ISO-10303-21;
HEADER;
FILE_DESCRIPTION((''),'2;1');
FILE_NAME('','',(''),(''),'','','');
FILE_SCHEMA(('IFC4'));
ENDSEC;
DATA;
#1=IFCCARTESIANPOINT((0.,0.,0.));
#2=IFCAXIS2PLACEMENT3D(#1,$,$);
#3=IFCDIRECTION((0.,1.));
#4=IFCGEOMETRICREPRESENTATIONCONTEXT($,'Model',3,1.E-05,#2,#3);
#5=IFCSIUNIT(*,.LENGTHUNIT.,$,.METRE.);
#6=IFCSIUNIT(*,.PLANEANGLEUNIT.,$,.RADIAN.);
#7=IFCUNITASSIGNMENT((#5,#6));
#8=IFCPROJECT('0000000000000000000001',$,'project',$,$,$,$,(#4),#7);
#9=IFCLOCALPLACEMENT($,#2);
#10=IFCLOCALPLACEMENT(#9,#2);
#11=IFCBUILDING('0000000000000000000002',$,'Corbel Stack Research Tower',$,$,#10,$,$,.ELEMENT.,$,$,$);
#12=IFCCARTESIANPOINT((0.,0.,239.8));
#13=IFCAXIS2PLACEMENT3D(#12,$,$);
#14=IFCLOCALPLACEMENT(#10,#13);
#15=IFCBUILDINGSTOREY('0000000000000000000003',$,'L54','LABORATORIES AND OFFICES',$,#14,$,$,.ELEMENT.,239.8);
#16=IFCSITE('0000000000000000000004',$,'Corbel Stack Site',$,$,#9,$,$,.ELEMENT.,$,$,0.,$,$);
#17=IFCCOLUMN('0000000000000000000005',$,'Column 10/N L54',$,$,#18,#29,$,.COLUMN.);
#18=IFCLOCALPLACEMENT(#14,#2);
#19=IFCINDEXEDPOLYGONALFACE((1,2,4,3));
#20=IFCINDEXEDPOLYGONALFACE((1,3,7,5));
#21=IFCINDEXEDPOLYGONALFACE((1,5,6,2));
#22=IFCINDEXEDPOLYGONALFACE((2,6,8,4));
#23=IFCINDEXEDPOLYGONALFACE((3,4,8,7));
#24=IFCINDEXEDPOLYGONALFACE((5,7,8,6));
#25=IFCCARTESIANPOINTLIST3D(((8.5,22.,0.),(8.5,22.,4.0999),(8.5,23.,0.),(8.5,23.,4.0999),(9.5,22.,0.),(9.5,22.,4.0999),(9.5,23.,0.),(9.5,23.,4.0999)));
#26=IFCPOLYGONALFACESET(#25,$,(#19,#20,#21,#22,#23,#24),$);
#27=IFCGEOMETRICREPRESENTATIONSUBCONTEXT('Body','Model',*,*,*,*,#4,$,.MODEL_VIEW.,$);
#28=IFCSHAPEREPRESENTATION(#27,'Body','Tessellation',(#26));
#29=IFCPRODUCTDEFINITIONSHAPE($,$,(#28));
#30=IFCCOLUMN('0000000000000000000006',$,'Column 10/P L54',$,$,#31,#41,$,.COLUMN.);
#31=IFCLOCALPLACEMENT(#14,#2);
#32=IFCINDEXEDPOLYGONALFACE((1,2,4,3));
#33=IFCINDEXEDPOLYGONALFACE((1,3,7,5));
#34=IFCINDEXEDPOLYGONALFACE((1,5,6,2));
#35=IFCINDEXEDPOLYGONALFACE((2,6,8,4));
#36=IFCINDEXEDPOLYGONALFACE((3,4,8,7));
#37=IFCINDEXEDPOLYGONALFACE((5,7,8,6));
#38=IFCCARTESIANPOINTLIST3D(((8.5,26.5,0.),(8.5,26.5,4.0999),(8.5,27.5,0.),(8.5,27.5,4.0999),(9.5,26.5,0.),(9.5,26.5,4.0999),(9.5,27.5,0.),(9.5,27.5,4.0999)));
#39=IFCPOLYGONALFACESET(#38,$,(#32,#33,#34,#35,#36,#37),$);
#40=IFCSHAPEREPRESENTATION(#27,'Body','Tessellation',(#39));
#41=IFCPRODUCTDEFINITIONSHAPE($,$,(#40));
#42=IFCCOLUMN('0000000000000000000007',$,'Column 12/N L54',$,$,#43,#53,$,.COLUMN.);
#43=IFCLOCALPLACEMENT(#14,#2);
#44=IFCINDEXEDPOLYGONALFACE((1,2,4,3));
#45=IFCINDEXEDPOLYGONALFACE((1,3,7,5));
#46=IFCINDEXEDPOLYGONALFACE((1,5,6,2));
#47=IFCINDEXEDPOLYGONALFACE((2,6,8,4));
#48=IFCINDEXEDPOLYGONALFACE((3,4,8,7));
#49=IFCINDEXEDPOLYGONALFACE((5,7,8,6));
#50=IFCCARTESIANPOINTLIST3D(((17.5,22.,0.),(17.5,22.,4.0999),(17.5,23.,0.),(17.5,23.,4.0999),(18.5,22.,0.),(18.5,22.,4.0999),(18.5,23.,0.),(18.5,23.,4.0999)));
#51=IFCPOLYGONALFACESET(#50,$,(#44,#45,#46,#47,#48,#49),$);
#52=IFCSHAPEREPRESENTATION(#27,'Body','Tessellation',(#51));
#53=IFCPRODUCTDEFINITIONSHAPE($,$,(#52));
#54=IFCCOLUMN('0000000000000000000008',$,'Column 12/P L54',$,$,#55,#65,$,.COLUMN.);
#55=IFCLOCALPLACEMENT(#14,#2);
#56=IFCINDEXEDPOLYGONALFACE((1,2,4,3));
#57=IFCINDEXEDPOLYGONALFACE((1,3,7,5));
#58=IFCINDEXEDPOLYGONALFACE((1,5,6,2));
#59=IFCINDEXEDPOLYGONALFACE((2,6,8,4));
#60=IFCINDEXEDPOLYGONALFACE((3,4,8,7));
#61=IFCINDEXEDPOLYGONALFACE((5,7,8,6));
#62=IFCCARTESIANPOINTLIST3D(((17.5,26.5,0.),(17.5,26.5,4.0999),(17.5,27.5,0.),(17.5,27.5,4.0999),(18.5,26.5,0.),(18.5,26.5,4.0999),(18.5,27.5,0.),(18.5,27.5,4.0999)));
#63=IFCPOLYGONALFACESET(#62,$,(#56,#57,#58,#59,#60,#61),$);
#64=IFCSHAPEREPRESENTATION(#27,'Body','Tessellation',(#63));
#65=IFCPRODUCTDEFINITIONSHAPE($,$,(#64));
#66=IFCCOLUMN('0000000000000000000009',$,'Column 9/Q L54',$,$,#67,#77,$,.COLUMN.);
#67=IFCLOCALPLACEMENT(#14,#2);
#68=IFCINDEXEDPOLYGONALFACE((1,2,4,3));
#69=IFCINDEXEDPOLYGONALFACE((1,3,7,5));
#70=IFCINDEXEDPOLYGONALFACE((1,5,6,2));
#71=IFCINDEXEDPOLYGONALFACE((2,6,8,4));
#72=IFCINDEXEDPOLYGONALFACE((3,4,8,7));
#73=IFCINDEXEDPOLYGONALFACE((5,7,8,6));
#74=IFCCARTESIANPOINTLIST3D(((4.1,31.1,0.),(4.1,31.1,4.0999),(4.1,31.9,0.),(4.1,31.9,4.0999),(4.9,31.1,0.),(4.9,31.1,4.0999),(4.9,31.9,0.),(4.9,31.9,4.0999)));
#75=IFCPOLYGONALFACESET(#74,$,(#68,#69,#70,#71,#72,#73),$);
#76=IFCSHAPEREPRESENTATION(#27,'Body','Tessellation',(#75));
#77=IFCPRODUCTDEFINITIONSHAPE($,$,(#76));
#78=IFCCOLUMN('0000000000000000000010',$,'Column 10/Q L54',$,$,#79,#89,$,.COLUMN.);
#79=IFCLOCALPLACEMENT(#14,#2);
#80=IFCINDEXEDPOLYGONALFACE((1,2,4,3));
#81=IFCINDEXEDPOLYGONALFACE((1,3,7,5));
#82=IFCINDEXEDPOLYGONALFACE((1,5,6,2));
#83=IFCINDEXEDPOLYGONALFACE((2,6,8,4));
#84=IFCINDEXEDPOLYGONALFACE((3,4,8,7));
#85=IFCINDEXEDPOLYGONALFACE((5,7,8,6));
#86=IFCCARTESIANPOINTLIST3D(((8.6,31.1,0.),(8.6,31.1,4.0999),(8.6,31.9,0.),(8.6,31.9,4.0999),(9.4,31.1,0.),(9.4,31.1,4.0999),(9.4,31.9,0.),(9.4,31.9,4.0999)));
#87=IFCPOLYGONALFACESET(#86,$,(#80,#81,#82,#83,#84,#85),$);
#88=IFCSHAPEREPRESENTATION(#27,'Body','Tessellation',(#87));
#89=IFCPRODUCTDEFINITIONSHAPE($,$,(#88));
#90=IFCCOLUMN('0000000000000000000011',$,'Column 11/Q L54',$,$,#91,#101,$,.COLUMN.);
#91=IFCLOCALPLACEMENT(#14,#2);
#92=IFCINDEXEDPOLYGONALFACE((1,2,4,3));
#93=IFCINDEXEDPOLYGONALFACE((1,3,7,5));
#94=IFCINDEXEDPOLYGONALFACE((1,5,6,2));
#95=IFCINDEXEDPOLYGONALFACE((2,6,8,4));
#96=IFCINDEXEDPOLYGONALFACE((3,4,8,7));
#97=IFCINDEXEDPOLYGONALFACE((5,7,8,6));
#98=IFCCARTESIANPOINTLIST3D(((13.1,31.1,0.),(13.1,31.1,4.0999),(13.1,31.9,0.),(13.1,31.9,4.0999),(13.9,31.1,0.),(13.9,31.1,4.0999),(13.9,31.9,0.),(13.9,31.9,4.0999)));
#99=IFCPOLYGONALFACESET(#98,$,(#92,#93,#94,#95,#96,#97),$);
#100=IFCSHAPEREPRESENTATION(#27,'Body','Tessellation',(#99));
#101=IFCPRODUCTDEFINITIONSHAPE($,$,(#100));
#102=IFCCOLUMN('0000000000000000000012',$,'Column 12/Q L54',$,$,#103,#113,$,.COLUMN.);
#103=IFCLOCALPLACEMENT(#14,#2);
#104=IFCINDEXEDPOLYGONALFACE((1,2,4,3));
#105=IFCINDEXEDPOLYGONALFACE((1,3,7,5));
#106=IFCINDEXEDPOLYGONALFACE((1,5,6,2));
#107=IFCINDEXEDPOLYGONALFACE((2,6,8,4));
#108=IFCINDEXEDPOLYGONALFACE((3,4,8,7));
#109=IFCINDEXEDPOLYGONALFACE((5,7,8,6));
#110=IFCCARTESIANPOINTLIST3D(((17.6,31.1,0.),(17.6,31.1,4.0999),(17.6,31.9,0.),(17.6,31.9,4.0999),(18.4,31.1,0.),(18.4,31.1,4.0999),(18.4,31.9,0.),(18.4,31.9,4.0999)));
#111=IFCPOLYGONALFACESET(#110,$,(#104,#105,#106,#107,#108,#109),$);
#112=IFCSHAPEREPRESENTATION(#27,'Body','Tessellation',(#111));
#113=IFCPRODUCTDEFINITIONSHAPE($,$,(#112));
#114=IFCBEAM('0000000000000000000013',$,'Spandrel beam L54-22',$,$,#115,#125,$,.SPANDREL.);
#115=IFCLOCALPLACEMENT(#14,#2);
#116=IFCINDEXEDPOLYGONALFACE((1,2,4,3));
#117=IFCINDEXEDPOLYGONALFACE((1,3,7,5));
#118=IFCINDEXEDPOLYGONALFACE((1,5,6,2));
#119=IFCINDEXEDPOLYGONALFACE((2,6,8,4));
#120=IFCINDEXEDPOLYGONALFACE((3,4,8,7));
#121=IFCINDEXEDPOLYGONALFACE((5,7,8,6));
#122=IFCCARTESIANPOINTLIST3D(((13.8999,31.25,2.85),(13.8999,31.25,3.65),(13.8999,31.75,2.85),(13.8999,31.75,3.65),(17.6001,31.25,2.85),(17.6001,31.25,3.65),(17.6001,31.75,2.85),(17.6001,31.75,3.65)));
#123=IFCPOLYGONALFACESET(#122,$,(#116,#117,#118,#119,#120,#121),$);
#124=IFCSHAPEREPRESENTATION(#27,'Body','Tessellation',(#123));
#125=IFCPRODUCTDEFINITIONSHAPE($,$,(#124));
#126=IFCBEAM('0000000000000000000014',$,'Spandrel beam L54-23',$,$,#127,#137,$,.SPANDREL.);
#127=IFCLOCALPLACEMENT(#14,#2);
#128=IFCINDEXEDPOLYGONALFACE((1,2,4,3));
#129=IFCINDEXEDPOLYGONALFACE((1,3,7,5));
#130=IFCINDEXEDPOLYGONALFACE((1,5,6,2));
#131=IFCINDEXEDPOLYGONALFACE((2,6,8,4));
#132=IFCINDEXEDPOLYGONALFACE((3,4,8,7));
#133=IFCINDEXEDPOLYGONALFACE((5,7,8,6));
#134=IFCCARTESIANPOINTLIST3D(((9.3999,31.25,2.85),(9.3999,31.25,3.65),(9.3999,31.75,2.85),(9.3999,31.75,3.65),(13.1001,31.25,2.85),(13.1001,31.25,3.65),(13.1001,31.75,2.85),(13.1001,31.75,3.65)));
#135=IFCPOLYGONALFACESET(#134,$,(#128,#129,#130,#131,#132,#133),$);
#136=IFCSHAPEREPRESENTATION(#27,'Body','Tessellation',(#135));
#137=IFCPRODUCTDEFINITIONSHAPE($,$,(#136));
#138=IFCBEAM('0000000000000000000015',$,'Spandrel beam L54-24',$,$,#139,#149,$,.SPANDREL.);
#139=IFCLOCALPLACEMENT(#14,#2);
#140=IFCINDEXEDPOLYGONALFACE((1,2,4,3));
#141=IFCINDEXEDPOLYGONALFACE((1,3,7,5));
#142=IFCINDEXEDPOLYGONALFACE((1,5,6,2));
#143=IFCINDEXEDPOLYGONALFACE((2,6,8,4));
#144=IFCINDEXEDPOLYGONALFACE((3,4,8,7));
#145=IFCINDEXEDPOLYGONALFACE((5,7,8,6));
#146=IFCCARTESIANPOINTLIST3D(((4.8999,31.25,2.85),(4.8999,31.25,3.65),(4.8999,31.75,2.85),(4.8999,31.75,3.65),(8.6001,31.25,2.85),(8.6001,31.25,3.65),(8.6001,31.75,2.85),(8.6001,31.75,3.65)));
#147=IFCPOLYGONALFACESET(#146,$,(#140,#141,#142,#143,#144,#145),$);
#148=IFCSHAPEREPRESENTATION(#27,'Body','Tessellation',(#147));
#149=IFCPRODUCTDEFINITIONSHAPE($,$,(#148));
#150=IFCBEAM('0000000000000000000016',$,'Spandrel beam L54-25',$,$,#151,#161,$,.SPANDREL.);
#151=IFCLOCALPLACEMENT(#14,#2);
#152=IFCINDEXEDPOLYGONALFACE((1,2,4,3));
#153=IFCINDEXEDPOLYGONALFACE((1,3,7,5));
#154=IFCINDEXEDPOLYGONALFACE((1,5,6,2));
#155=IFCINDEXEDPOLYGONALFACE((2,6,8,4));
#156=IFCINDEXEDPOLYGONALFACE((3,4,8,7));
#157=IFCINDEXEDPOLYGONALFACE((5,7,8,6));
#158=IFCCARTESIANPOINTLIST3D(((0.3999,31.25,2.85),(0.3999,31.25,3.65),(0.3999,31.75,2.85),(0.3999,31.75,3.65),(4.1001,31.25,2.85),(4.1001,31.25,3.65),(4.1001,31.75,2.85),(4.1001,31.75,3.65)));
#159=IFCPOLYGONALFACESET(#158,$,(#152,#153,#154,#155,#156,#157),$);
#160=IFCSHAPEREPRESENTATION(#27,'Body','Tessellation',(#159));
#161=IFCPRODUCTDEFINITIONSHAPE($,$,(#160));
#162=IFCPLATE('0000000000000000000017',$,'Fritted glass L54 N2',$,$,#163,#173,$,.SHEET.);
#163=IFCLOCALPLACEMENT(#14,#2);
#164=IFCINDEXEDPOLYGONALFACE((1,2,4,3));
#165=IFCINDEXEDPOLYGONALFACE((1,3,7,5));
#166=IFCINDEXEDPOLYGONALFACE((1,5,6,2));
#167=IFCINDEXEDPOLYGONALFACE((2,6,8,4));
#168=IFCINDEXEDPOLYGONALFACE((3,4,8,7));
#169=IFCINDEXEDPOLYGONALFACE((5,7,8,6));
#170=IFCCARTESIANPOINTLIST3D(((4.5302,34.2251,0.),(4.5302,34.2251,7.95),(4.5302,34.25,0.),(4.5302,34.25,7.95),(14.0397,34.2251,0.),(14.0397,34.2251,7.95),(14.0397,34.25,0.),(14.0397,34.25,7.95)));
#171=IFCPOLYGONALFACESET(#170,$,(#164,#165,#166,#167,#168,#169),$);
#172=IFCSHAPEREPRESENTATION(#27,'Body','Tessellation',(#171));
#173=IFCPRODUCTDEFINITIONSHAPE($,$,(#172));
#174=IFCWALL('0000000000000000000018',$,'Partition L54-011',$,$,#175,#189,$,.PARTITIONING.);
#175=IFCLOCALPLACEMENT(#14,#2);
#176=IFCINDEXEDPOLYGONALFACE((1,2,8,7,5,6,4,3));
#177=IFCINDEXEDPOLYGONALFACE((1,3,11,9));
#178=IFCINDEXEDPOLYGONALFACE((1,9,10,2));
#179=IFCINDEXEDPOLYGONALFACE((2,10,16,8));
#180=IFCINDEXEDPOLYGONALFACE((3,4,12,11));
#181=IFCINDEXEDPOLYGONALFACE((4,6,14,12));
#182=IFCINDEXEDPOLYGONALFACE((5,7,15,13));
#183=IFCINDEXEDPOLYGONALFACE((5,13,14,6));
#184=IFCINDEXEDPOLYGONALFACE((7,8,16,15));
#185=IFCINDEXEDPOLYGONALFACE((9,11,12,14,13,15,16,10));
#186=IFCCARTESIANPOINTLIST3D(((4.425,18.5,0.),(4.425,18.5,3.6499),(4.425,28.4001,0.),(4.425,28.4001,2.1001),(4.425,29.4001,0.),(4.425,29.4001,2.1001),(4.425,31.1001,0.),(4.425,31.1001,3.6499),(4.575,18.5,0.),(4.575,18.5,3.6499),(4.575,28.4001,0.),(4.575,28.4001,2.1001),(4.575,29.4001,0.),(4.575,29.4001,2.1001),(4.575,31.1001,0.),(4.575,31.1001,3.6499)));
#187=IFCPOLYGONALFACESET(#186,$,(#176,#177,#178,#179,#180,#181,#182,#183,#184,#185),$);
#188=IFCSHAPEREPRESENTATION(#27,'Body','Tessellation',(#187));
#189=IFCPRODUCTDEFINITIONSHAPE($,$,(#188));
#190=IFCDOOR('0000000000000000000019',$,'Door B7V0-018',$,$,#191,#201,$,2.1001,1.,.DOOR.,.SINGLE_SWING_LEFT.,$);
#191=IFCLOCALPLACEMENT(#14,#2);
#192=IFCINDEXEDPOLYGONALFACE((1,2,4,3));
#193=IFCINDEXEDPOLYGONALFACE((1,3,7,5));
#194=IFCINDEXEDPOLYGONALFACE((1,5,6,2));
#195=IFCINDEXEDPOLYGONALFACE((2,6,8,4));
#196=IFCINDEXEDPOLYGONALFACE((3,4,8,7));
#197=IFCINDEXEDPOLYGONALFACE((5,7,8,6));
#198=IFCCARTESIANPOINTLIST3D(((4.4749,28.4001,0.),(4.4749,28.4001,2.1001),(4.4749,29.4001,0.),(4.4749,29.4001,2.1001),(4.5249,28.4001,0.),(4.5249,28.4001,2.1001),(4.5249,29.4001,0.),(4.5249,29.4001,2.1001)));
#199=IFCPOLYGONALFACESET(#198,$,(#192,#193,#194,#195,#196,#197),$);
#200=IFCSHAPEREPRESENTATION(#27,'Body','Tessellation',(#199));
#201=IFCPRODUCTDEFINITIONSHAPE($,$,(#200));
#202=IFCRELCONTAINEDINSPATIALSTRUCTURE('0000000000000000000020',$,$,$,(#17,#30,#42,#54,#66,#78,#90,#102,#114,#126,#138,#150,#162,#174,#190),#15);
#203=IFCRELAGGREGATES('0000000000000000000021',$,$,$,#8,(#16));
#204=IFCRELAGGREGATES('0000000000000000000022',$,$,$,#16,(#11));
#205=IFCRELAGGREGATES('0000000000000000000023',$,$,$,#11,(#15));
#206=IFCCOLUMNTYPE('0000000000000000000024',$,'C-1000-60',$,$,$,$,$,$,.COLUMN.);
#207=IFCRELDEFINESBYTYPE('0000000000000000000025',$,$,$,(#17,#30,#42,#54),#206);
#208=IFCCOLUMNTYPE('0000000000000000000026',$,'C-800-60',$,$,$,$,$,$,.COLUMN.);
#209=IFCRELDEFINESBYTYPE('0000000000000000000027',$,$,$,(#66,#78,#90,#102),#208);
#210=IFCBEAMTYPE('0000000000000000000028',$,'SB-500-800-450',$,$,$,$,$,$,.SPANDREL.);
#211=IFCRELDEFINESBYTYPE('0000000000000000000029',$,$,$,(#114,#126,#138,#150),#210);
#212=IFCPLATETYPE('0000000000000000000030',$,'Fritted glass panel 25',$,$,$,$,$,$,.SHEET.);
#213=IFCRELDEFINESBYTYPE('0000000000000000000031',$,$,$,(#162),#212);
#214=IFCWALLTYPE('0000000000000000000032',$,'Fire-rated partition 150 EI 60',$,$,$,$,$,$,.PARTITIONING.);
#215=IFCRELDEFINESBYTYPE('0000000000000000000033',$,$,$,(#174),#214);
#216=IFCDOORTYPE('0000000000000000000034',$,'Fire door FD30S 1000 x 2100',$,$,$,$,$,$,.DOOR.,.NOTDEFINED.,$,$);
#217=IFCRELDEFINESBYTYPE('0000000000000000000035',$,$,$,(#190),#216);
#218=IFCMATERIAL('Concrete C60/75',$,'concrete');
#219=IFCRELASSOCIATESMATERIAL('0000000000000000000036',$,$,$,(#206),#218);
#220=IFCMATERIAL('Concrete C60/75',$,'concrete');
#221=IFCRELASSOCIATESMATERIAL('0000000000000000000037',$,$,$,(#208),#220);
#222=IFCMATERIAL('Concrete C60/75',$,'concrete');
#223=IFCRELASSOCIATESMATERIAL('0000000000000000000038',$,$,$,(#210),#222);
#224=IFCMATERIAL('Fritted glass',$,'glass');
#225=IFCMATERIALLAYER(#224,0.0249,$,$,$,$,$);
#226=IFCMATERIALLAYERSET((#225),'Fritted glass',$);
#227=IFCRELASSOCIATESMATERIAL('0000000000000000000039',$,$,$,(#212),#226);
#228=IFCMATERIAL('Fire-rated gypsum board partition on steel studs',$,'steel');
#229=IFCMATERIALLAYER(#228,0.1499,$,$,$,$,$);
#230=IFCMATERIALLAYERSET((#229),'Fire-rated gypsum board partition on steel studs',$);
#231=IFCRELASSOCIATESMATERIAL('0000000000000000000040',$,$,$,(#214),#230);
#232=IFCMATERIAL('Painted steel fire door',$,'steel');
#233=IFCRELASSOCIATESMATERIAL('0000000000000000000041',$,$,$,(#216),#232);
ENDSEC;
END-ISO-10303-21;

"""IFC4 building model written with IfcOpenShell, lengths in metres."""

from ifc_helpers import new_model, si_unit, direction, frame, frame_2d, origin, origin_2d, place, context, subcontext, project, spatial, rectangle, extrude, material, layer, layer_set, material_profile, profile_set, type_object, element, fill, save


model = new_model("IFC4")

# Units and contexts
model_context = context("Model", 3, precision=1e-05, world=origin(), true_north=direction((0.0, 1.0)))
body_context = subcontext(model_context, "Body", "Model", "MODEL_VIEW")
ifc_project = project(units=[si_unit("LENGTHUNIT", "METRE"), si_unit("PLANEANGLEUNIT", "RADIAN")], contexts=[model_context])

# Site, building, storey
site_placement = place(None, origin())
site = spatial("IfcSite", under=ifc_project, at=site_placement, Name="Corbel Stack Site", CompositionType="ELEMENT", RefElevation=0.0)
building_placement = place(site_placement, origin())
building = spatial("IfcBuilding", under=site, at=building_placement, Name="Corbel Stack Research Tower", CompositionType="ELEMENT")
storey_placement = place(building_placement, frame((0.0, 0.0, 239.8)))
storey = spatial("IfcBuildingStorey", under=building, at=storey_placement, Name="L54", Description="LABORATORIES AND OFFICES", CompositionType="ELEMENT", Elevation=239.8)

# Columns
ifc_material_1 = material(Name="Concrete C60/75", Category="concrete")
ifc_material_profile_1 = material_profile(ifc_material_1, rectangle(XDim=1.0, YDim=1.0, at=origin_2d()), Name="RC 1000 x 1000")
ifc_profile_set_1 = profile_set([ifc_material_profile_1], Name="Concrete C60/75")
column_type_1 = type_object("IfcColumnType", Name="C-1000-60", PredefinedType="COLUMN", material=ifc_profile_set_1)
for number, where, z_axis, x_axis, name in (
    (1, (9.0, 22.5, 0.0), (0.0, 0.0, 1.0), (1.0, 0.0, 0.0), "Column 10/N L54"),
    (2, (9.0, 27.0, 0.0), (0.0, 0.0, 1.0), (1.0, 0.0, 0.0), "Column 10/P L54"),
    (3, (18.0, 22.5, 0.0), (0.0, 0.0, 1.0), (1.0, 0.0, 0.0), "Column 12/N L54"),
    (4, (18.0, 27.0, 0.0), (0.0, 0.0, 1.0), (1.0, 0.0, 0.0), "Column 12/P L54"),
):
    element("IfcColumn", number, at=place(storey_placement, frame(where, z_axis=z_axis, x_axis=x_axis)), inside=storey, type_object=column_type_1, Name=name, PredefinedType="COLUMN", context=body_context, shape_type="SweptSolid", body=[
        extrude(rectangle(XDim=1.0, YDim=1.0, at=origin_2d()), origin(), (0.0, 0.0, 1.0), 4.0999),
    ])
ifc_material_2 = material(Name="Concrete C60/75", Category="concrete")
ifc_material_profile_2 = material_profile(ifc_material_2, rectangle(XDim=0.8, YDim=0.8, at=origin_2d()), Name="RC 800 x 800")
ifc_profile_set_2 = profile_set([ifc_material_profile_2], Name="Concrete C60/75")
column_type_2 = type_object("IfcColumnType", Name="C-800-60", PredefinedType="COLUMN", material=ifc_profile_set_2)
for number, where, z_axis, x_axis, name in (
    (5, (4.5, 31.5, 0.0), (0.0, 0.0, 1.0), (1.0, 0.0, 0.0), "Column 9/Q L54"),
    (6, (9.0, 31.5, 0.0), (0.0, 0.0, 1.0), (1.0, 0.0, 0.0), "Column 10/Q L54"),
    (7, (13.5, 31.5, 0.0), (0.0, 0.0, 1.0), (1.0, 0.0, 0.0), "Column 11/Q L54"),
    (8, (18.0, 31.5, 0.0), (0.0, 0.0, 1.0), (1.0, 0.0, 0.0), "Column 12/Q L54"),
):
    element("IfcColumn", number, at=place(storey_placement, frame(where, z_axis=z_axis, x_axis=x_axis)), inside=storey, type_object=column_type_2, Name=name, PredefinedType="COLUMN", context=body_context, shape_type="SweptSolid", body=[
        extrude(rectangle(XDim=0.8, YDim=0.8, at=origin_2d()), origin(), (0.0, 0.0, 1.0), 4.0999),
    ])

# Beams
ifc_material_3 = material(Name="Concrete C60/75", Category="concrete")
ifc_material_profile_3 = material_profile(ifc_material_3, rectangle(XDim=0.5, YDim=0.8, at=origin_2d()), Name="RC 500 x 800")
ifc_profile_set_3 = profile_set([ifc_material_profile_3], Name="Concrete C60/75")
beam_type = type_object("IfcBeamType", Name="SB-500-800-450", PredefinedType="SPANDREL", material=ifc_profile_set_3)
for number, where, z_axis, x_axis, name in (
    (9, (17.6001, 31.5, 3.25), (-1.0, 0.0, 0.0), (0.0, -1.0, 0.0), "Spandrel beam L54-22"),
    (10, (13.1001, 31.5, 3.25), (-1.0, 0.0, 0.0), (0.0, -1.0, 0.0), "Spandrel beam L54-23"),
    (11, (8.6001, 31.5, 3.25), (-1.0, 0.0, 0.0), (0.0, -1.0, 0.0), "Spandrel beam L54-24"),
    (12, (4.1001, 31.5, 3.25), (-1.0, 0.0, 0.0), (0.0, -1.0, 0.0), "Spandrel beam L54-25"),
):
    element("IfcBeam", number, at=place(storey_placement, frame(where, z_axis=z_axis, x_axis=x_axis)), inside=storey, type_object=beam_type, Name=name, PredefinedType="SPANDREL", context=body_context, shape_type="SweptSolid", body=[
        extrude(rectangle(XDim=0.5, YDim=0.8, at=origin_2d()), origin(), (0.0, 0.0, 1.0), 3.7002),
    ])

# Plate
ifc_material_4 = material(Name="Fritted glass", Category="glass")
ifc_layer_1 = layer(ifc_material_4, 0.0249)
ifc_layer_set_1 = layer_set([ifc_layer_1], Name="Fritted glass")
plate_type = type_object("IfcPlateType", Name="Fritted glass panel 25", PredefinedType="SHEET", material=ifc_layer_set_1)
plate_placement = place(storey_placement, frame((9.2849, 34.2375, 0.0), z_axis=(0.0, 0.0, 1.0), x_axis=(-1.0, 0.0, 0.0)))
element("IfcPlate", 13, at=plate_placement, inside=storey, type_object=plate_type, Name="Fritted glass L54 N2", PredefinedType="SHEET", context=body_context, shape_type="SweptSolid", body=[
    extrude(rectangle(XDim=9.5095, YDim=0.0249, at=origin_2d()), origin(), (0.0, 0.0, 1.0), 7.95),
])

# Wall, opening, door
ifc_material_5 = material(Name="Fire-rated gypsum board partition on steel studs", Category="steel")
ifc_layer_2 = layer(ifc_material_5, 0.1499)
ifc_layer_set_2 = layer_set([ifc_layer_2], Name="Fire-rated gypsum board partition on steel studs")
wall_type_1 = type_object("IfcWallType", Name="Fire-rated partition 150 EI 60", PredefinedType="PARTITIONING", material=ifc_layer_set_2)
wall_1_placement = place(storey_placement, frame((4.5, 31.1001, 0.0), z_axis=(0.0, 0.0, 1.0), x_axis=(0.0, -1.0, 0.0)))
wall_1 = element("IfcWall", 14, at=wall_1_placement, inside=storey, type_object=wall_type_1, Name="Partition L54-011", PredefinedType="PARTITIONING", context=body_context, shape_type="SweptSolid", body=[
    extrude(rectangle(XDim=12.6001, YDim=0.1499, at=frame_2d((6.3, 0.0))), origin(), (0.0, 0.0, 1.0), 3.6499),
])
opening_1_placement = place(wall_1_placement, frame((1.7, 0.0, 0.0)))
opening_1 = element("IfcOpeningElement", 15, at=opening_1_placement, cuts=wall_1, PredefinedType="OPENING", context=body_context, shape_type="SweptSolid", body=[
    extrude(rectangle(XDim=1.0, YDim=2.1001, at=frame_2d((0.5, 1.05))), frame((0.0, 0.085, 0.0), z_axis=(0.0, -1.0, 0.0), x_axis=(1.0, 0.0, 0.0)), (0.0, 0.0, 1.0), 0.1699),
])
ifc_material_6 = material(Name="Painted steel fire door", Category="steel")
door_type_1 = type_object("IfcDoorType", Name="Fire door FD30S 1000 x 2100", OperationType="NOTDEFINED", PredefinedType="DOOR", material=ifc_material_6)
door_1_placement = place(opening_1_placement, origin())
door_1 = element("IfcDoor", 16, at=door_1_placement, inside=storey, type_object=door_type_1, Name="Door B7V0-018", OperationType="SINGLE_SWING_LEFT", OverallHeight=2.1001, OverallWidth=1.0, PredefinedType="DOOR", context=body_context, shape_type="SweptSolid", body=[
    extrude(rectangle(XDim=1.0, YDim=2.1001, at=frame_2d((0.5, 1.05))), frame((0.0, 0.0249, 0.0), z_axis=(0.0, -1.0, 0.0), x_axis=(1.0, 0.0, 0.0)), (0.0, 0.0, 1.0), 0.05),
])
fill(opening_1, door_1)

save(model, "model.ifc")
